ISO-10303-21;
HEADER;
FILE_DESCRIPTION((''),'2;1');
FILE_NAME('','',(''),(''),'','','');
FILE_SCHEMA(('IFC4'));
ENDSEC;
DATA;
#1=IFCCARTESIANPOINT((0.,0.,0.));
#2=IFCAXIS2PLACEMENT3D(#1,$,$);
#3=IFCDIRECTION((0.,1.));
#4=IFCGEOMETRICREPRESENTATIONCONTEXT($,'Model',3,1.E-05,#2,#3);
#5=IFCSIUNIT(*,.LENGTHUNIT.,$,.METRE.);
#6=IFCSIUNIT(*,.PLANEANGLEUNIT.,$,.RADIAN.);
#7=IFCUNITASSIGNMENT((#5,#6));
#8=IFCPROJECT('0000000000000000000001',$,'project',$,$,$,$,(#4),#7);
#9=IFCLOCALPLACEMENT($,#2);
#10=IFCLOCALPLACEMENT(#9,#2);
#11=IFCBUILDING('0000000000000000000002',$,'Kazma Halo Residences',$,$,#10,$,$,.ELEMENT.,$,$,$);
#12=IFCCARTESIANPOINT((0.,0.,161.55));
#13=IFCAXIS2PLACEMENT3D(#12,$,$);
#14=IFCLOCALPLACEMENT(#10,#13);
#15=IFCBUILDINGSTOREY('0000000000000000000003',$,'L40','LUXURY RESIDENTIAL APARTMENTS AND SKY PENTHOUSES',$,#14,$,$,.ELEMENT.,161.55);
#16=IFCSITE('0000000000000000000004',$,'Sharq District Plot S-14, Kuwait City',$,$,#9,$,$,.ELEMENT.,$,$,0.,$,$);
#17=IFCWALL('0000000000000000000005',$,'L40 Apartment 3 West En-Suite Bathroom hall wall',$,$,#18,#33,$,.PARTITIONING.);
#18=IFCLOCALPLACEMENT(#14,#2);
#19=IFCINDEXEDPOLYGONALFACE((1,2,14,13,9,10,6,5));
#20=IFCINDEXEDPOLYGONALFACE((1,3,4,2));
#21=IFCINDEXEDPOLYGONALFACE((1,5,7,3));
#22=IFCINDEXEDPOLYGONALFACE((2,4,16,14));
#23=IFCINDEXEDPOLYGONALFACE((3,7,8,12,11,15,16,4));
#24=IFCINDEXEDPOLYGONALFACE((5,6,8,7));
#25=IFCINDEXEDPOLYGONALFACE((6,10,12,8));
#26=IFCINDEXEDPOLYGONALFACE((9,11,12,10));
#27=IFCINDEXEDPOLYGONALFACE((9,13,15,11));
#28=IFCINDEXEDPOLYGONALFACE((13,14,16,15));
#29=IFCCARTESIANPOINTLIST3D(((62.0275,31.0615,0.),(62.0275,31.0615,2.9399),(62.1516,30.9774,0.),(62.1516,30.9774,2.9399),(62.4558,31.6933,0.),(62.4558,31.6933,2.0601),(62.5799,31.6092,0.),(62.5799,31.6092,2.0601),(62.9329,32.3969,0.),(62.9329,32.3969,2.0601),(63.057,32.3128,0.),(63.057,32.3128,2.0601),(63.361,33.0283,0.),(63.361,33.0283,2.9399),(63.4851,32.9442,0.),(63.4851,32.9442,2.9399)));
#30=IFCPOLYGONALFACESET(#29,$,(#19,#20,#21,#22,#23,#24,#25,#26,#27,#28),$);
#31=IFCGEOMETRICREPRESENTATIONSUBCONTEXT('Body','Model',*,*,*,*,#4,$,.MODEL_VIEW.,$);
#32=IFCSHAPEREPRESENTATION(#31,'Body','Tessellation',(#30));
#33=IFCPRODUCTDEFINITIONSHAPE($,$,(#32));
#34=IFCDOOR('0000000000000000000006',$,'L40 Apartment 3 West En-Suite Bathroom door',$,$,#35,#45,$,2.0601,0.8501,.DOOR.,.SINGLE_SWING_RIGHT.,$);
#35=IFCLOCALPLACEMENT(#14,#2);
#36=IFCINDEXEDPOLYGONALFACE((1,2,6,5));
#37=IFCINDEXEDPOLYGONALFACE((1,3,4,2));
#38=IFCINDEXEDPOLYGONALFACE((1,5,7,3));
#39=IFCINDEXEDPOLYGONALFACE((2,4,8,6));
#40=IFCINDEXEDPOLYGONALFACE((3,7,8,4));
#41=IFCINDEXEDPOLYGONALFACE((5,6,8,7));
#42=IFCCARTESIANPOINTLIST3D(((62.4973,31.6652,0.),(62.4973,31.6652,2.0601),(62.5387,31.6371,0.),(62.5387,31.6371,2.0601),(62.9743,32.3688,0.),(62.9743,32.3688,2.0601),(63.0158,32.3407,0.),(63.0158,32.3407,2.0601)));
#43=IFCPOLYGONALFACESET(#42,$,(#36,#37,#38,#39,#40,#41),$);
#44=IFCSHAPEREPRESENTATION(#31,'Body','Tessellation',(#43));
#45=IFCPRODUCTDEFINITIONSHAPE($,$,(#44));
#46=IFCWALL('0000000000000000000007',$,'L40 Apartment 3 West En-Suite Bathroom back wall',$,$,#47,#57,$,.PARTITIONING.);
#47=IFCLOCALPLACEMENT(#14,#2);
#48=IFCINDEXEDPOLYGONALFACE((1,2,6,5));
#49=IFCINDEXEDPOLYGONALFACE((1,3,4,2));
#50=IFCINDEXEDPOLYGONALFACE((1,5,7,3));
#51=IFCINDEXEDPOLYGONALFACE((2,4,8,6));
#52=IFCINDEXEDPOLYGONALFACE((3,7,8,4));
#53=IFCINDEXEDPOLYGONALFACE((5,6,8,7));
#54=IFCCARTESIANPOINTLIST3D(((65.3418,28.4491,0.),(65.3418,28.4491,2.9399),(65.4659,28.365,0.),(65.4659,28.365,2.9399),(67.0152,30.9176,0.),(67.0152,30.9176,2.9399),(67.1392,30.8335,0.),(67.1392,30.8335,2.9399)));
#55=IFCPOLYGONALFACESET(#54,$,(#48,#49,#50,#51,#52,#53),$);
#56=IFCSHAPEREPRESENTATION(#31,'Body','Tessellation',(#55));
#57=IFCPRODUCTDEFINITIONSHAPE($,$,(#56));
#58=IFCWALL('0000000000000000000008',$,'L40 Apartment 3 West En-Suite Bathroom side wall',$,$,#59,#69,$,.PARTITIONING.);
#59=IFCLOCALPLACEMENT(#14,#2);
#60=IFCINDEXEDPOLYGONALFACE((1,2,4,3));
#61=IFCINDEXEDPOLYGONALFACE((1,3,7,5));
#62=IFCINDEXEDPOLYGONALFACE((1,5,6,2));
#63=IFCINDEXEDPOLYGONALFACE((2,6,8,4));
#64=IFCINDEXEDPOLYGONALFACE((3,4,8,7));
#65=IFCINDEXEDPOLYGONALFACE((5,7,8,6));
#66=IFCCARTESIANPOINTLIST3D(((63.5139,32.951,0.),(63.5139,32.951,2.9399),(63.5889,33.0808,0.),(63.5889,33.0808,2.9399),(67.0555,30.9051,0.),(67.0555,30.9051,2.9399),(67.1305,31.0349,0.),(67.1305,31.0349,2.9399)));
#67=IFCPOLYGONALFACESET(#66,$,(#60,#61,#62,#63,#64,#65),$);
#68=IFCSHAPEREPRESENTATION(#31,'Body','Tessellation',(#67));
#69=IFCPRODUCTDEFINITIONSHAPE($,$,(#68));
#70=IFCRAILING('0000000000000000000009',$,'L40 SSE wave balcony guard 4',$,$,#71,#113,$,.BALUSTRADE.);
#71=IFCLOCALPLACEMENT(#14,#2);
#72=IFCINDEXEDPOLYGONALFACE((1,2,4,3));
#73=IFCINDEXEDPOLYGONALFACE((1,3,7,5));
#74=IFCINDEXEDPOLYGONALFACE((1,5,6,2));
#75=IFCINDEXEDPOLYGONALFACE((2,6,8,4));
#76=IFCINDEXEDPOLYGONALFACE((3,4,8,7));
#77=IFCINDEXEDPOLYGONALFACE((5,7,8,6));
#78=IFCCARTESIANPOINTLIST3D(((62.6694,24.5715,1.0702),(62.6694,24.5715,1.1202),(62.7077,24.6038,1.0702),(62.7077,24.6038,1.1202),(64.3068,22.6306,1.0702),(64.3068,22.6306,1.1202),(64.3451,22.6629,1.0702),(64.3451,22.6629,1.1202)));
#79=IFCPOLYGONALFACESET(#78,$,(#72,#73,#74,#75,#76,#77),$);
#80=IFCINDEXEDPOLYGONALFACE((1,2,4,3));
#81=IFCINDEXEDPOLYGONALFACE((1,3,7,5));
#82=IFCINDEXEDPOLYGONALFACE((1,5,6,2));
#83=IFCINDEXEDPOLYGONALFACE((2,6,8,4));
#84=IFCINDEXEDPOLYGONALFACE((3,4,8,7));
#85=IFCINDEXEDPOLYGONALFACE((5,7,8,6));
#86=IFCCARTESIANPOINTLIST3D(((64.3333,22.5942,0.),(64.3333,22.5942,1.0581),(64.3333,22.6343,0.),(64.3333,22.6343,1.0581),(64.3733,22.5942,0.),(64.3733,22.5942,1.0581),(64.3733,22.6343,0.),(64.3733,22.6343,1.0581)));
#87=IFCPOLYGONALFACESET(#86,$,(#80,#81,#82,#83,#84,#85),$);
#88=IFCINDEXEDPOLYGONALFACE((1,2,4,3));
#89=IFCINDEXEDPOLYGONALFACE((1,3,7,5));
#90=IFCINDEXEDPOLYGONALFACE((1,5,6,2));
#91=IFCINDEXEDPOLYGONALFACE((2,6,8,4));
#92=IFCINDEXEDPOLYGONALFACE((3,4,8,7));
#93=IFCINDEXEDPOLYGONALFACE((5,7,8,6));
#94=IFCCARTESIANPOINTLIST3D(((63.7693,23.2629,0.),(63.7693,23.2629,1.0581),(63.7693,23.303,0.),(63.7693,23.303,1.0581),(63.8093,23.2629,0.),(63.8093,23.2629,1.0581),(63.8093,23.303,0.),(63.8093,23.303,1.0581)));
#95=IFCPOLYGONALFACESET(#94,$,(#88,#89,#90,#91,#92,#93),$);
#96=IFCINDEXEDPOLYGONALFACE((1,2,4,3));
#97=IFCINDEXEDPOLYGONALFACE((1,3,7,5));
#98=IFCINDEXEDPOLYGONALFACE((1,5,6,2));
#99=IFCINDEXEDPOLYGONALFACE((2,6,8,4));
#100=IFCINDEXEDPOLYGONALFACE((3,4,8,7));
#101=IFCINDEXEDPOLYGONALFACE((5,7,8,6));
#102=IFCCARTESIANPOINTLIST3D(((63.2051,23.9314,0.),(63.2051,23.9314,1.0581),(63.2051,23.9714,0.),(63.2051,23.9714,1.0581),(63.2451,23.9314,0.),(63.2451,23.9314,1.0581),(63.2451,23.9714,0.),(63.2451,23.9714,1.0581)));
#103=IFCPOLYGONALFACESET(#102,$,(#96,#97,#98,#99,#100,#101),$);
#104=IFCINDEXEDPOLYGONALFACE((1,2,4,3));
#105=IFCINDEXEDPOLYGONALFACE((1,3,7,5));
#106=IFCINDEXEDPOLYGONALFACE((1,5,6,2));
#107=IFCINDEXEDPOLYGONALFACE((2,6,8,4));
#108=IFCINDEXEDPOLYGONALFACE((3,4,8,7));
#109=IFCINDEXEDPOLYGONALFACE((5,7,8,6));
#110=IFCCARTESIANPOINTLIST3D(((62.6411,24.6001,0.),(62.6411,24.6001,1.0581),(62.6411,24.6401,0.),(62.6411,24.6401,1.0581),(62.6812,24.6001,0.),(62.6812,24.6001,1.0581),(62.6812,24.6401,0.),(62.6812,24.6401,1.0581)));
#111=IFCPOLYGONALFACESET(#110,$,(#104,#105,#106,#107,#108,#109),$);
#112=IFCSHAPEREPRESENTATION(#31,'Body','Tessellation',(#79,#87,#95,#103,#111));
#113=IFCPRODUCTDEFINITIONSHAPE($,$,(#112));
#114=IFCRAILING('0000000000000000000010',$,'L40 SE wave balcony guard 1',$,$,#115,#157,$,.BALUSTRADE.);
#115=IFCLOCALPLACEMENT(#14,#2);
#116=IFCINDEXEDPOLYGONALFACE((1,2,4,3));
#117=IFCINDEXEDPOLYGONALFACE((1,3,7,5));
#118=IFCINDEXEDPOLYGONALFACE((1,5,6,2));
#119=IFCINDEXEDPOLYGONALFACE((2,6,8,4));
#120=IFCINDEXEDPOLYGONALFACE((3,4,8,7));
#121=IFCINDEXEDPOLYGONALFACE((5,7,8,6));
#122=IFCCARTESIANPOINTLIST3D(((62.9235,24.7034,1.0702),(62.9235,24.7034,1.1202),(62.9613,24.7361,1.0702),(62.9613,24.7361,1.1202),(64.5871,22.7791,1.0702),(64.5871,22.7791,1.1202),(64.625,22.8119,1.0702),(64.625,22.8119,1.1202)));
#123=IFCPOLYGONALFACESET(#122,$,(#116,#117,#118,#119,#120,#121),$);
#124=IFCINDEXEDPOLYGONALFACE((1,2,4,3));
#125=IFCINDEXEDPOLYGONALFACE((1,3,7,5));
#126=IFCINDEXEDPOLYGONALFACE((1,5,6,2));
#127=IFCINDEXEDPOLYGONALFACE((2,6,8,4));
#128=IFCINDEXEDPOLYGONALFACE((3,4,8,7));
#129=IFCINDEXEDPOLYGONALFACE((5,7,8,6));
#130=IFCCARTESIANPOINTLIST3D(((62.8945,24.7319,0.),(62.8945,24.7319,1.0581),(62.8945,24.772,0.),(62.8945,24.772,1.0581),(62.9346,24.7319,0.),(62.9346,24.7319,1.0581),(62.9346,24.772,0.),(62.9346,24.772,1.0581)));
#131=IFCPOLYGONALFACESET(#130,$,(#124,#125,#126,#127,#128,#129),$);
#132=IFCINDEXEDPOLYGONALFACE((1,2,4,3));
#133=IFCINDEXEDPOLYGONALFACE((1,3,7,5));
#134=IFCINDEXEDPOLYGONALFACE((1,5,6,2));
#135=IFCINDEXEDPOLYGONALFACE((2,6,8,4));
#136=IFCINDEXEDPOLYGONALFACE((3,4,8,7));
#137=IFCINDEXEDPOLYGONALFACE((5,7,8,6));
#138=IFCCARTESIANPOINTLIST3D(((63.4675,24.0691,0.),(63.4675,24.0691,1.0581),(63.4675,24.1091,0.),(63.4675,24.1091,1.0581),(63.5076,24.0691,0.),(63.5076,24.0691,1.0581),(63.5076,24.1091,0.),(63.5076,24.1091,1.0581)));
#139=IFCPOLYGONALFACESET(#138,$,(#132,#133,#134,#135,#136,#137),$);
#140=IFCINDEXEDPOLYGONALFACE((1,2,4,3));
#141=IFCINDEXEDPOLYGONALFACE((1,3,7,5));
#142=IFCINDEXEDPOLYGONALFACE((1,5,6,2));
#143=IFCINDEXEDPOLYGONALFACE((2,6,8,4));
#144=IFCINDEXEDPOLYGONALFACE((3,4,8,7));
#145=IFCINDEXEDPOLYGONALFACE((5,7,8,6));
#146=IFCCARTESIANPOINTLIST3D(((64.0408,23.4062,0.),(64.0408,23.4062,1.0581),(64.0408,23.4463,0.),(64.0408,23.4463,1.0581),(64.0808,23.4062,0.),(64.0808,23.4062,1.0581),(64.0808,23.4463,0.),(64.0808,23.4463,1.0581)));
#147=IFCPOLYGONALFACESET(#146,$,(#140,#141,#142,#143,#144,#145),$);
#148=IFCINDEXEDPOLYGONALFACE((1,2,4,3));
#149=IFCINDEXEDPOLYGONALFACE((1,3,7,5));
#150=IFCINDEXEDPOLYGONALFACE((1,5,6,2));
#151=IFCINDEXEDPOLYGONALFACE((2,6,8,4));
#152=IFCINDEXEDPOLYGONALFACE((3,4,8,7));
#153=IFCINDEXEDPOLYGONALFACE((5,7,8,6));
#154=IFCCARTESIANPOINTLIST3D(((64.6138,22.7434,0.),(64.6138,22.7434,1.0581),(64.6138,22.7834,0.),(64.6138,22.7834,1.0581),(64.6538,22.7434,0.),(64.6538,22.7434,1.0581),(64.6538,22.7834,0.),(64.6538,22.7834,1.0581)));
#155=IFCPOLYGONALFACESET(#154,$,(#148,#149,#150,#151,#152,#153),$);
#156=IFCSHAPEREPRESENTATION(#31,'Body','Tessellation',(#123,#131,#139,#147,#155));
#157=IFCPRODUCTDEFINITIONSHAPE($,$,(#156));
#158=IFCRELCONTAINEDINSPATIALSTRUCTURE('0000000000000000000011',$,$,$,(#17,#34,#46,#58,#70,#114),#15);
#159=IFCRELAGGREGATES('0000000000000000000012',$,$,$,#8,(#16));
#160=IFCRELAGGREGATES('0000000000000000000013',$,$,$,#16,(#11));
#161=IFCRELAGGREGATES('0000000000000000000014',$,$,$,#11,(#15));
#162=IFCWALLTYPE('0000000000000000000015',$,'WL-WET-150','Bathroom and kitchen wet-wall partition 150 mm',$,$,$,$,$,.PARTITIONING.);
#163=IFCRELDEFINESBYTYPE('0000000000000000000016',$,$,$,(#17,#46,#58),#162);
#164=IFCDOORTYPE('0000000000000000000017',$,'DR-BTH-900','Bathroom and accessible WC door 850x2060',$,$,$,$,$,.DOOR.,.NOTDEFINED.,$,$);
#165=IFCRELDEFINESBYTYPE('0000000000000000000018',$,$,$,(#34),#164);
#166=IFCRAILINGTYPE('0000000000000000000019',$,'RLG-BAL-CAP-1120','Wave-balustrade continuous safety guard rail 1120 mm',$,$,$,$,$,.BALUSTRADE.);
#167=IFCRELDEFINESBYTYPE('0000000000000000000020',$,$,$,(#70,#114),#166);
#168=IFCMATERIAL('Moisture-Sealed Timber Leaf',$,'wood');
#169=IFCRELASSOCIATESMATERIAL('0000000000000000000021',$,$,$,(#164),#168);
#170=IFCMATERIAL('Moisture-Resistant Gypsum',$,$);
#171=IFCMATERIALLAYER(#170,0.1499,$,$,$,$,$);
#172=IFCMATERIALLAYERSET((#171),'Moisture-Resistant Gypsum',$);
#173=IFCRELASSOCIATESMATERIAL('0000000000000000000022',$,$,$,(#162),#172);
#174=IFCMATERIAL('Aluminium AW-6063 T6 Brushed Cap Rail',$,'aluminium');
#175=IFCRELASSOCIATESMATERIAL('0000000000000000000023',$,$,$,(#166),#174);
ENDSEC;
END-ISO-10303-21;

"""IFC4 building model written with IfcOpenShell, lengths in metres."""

from ifc_helpers import new_model, si_unit, direction, frame, frame_2d, origin, origin_2d, place, context, subcontext, project, spatial, rectangle, extrude, material, layer, layer_set, type_object, element, fill, save


model = new_model("IFC4")

# Units and contexts
model_context = context("Model", 3, precision=1e-05, world=origin(), true_north=direction((0.0, 1.0)))
body_context = subcontext(model_context, "Body", "Model", "MODEL_VIEW")
ifc_project = project(units=[si_unit("LENGTHUNIT", "METRE"), si_unit("PLANEANGLEUNIT", "RADIAN")], contexts=[model_context])

# Site, building, storey
site_placement = place(None, origin())
site = spatial("IfcSite", under=ifc_project, at=site_placement, Name="Sharq District Plot S-14, Kuwait City", CompositionType="ELEMENT", RefElevation=0.0)
building_placement = place(site_placement, origin())
building = spatial("IfcBuilding", under=site, at=building_placement, Name="Kazma Halo Residences", CompositionType="ELEMENT")
storey_placement = place(building_placement, frame((0.0, 0.0, 161.55)))
storey = spatial("IfcBuildingStorey", under=building, at=storey_placement, Name="L40", Description="LUXURY RESIDENTIAL APARTMENTS AND SKY PENTHOUSES", CompositionType="ELEMENT", Elevation=161.55)

# Wall, opening, door
ifc_material_1 = material(Name="Moisture-Sealed Timber Leaf", Category="wood")
door_type_1 = type_object("IfcDoorType", Name="DR-BTH-900", Description="Bathroom and accessible WC door 850x2060", OperationType="NOTDEFINED", PredefinedType="DOOR", material=ifc_material_1)
ifc_material_2 = material(Name="Moisture-Resistant Gypsum")
ifc_layer_1 = layer(ifc_material_2, 0.1499)
ifc_layer_set_1 = layer_set([ifc_layer_1], Name="Moisture-Resistant Gypsum")
wall_type_1 = type_object("IfcWallType", Name="WL-WET-150", Description="Bathroom and kitchen wet-wall partition 150 mm", PredefinedType="PARTITIONING", material=ifc_layer_set_1)
wall_1_placement = place(storey_placement, frame((62.0896, 31.0195, 0.0), z_axis=(0.0, 0.0, 1.0), x_axis=(0.56118, 0.827694, 0.0)))
wall_1 = element("IfcWall", 1, at=wall_1_placement, inside=storey, type_object=wall_type_1, Name="L40 Apartment 3 West En-Suite Bathroom hall wall", PredefinedType="PARTITIONING", context=body_context, shape_type="SweptSolid", body=[
    extrude(rectangle(XDim=2.3762, YDim=0.1499, at=frame_2d((1.188, 0.0))), origin(), (0.0, 0.0, 1.0), 2.9399),
])
opening_1_placement = place(wall_1_placement, frame((0.7632, 0.0, 0.0)))
opening_1 = element("IfcOpeningElement", 2, at=opening_1_placement, cuts=wall_1, PredefinedType="OPENING", context=body_context, shape_type="SweptSolid", body=[
    extrude(rectangle(XDim=0.8501, YDim=2.0601, at=frame_2d((0.425, 1.03))), frame((0.0, 0.085, 0.0), z_axis=(0.0, -1.0, 0.0), x_axis=(1.0, 0.0, 0.0)), (0.0, 0.0, 1.0), 0.1699),
])
door_1_placement = place(opening_1_placement, origin())
door_1 = element("IfcDoor", 3, at=door_1_placement, inside=storey, type_object=door_type_1, Name="L40 Apartment 3 West En-Suite Bathroom door", OperationType="SINGLE_SWING_RIGHT", OverallHeight=2.0601, OverallWidth=0.8501, PredefinedType="DOOR", context=body_context, shape_type="SweptSolid", body=[
    extrude(rectangle(XDim=0.8501, YDim=2.0601, at=frame_2d((0.425, 1.03))), frame((0.0, 0.0249, 0.0), z_axis=(0.0, -1.0, 0.0), x_axis=(1.0, 0.0, 0.0)), (0.0, 0.0, 1.0), 0.05),
])
fill(opening_1, door_1)

# Walls
wall_2_placement = place(storey_placement, frame((65.4038, 28.407, 0.0), z_axis=(0.0, 0.0, 1.0), x_axis=(0.561107, 0.827743, 0.0)))
element("IfcWall", 4, at=wall_2_placement, inside=storey, type_object=wall_type_1, Name="L40 Apartment 3 West En-Suite Bathroom back wall", PredefinedType="PARTITIONING", context=body_context, shape_type="SweptSolid", body=[
    extrude(rectangle(XDim=2.9822, YDim=0.1499, at=frame_2d((1.4912, 0.0))), origin(), (0.0, 0.0, 1.0), 2.9399),
])
wall_3_placement = place(storey_placement, frame((63.5515, 33.0159, 0.0), z_axis=(0.0, 0.0, 1.0), x_axis=(0.865897, -0.500222, 0.0)))
element("IfcWall", 5, at=wall_3_placement, inside=storey, type_object=wall_type_1, Name="L40 Apartment 3 West En-Suite Bathroom side wall", PredefinedType="PARTITIONING", context=body_context, shape_type="SweptSolid", body=[
    extrude(rectangle(XDim=4.0901, YDim=0.1499, at=frame_2d((2.0449, 0.0))), origin(), (0.0, 0.0, 1.0), 2.9399),
])

# Railings
ifc_material_3 = material(Name="Aluminium AW-6063 T6 Brushed Cap Rail", Category="aluminium")
railing_type = type_object("IfcRailingType", Name="RLG-BAL-CAP-1120", Description="Wave-balustrade continuous safety guard rail 1120 mm", PredefinedType="BALUSTRADE", material=ifc_material_3)
railing_1_placement = place(storey_placement, frame((64.3533, 22.6143, 0.0)))
element("IfcRailing", 6, at=railing_1_placement, inside=storey, type_object=railing_type, Name="L40 SSE wave balcony guard 4", PredefinedType="BALUSTRADE", context=body_context, shape_type="SweptSolid", body=[
    extrude(rectangle(XDim=0.05, YDim=0.05, at=origin_2d()), frame((-0.0273, 0.0325, 1.0952), z_axis=(-0.644803, 0.764349, 0.0), x_axis=(-0.764349, -0.644803, 0.0)), (0.0, 0.0, 1.0), 2.5393),
    extrude(rectangle(XDim=0.04, YDim=0.04, at=origin_2d()), origin(), (0.0, 0.0, 1.0), 1.0581),
    extrude(rectangle(XDim=0.04, YDim=0.04, at=origin_2d()), frame((-0.564, 0.6687, 0.0)), (0.0, 0.0, 1.0), 1.0581),
    extrude(rectangle(XDim=0.04, YDim=0.04, at=origin_2d()), frame((-1.1282, 1.3372, 0.0)), (0.0, 0.0, 1.0), 1.0581),
    extrude(rectangle(XDim=0.04, YDim=0.04, at=origin_2d()), frame((-1.6921, 2.0059, 0.0)), (0.0, 0.0, 1.0), 1.0581),
])
railing_2_placement = place(storey_placement, frame((62.9146, 24.752, 0.0)))
element("IfcRailing", 7, at=railing_2_placement, inside=storey, type_object=railing_type, Name="L40 SE wave balcony guard 1", PredefinedType="BALUSTRADE", context=body_context, shape_type="SweptSolid", body=[
    extrude(rectangle(XDim=0.05, YDim=0.05, at=origin_2d()), frame((0.0278, -0.0322, 1.0952), z_axis=(0.654028, -0.75647, 0.0), x_axis=(0.75647, 0.654028, 0.0)), (0.0, 0.0, 1.0), 2.5437),
    extrude(rectangle(XDim=0.04, YDim=0.04, at=origin_2d()), origin(), (0.0, 0.0, 1.0), 1.0581),
    extrude(rectangle(XDim=0.04, YDim=0.04, at=origin_2d()), frame((0.573, -0.6628, 0.0)), (0.0, 0.0, 1.0), 1.0581),
    extrude(rectangle(XDim=0.04, YDim=0.04, at=origin_2d()), frame((1.1462, -1.3257, 0.0)), (0.0, 0.0, 1.0), 1.0581),
    extrude(rectangle(XDim=0.04, YDim=0.04, at=origin_2d()), frame((1.7192, -1.9885, 0.0)), (0.0, 0.0, 1.0), 1.0581),
])

save(model, "model.ifc")
